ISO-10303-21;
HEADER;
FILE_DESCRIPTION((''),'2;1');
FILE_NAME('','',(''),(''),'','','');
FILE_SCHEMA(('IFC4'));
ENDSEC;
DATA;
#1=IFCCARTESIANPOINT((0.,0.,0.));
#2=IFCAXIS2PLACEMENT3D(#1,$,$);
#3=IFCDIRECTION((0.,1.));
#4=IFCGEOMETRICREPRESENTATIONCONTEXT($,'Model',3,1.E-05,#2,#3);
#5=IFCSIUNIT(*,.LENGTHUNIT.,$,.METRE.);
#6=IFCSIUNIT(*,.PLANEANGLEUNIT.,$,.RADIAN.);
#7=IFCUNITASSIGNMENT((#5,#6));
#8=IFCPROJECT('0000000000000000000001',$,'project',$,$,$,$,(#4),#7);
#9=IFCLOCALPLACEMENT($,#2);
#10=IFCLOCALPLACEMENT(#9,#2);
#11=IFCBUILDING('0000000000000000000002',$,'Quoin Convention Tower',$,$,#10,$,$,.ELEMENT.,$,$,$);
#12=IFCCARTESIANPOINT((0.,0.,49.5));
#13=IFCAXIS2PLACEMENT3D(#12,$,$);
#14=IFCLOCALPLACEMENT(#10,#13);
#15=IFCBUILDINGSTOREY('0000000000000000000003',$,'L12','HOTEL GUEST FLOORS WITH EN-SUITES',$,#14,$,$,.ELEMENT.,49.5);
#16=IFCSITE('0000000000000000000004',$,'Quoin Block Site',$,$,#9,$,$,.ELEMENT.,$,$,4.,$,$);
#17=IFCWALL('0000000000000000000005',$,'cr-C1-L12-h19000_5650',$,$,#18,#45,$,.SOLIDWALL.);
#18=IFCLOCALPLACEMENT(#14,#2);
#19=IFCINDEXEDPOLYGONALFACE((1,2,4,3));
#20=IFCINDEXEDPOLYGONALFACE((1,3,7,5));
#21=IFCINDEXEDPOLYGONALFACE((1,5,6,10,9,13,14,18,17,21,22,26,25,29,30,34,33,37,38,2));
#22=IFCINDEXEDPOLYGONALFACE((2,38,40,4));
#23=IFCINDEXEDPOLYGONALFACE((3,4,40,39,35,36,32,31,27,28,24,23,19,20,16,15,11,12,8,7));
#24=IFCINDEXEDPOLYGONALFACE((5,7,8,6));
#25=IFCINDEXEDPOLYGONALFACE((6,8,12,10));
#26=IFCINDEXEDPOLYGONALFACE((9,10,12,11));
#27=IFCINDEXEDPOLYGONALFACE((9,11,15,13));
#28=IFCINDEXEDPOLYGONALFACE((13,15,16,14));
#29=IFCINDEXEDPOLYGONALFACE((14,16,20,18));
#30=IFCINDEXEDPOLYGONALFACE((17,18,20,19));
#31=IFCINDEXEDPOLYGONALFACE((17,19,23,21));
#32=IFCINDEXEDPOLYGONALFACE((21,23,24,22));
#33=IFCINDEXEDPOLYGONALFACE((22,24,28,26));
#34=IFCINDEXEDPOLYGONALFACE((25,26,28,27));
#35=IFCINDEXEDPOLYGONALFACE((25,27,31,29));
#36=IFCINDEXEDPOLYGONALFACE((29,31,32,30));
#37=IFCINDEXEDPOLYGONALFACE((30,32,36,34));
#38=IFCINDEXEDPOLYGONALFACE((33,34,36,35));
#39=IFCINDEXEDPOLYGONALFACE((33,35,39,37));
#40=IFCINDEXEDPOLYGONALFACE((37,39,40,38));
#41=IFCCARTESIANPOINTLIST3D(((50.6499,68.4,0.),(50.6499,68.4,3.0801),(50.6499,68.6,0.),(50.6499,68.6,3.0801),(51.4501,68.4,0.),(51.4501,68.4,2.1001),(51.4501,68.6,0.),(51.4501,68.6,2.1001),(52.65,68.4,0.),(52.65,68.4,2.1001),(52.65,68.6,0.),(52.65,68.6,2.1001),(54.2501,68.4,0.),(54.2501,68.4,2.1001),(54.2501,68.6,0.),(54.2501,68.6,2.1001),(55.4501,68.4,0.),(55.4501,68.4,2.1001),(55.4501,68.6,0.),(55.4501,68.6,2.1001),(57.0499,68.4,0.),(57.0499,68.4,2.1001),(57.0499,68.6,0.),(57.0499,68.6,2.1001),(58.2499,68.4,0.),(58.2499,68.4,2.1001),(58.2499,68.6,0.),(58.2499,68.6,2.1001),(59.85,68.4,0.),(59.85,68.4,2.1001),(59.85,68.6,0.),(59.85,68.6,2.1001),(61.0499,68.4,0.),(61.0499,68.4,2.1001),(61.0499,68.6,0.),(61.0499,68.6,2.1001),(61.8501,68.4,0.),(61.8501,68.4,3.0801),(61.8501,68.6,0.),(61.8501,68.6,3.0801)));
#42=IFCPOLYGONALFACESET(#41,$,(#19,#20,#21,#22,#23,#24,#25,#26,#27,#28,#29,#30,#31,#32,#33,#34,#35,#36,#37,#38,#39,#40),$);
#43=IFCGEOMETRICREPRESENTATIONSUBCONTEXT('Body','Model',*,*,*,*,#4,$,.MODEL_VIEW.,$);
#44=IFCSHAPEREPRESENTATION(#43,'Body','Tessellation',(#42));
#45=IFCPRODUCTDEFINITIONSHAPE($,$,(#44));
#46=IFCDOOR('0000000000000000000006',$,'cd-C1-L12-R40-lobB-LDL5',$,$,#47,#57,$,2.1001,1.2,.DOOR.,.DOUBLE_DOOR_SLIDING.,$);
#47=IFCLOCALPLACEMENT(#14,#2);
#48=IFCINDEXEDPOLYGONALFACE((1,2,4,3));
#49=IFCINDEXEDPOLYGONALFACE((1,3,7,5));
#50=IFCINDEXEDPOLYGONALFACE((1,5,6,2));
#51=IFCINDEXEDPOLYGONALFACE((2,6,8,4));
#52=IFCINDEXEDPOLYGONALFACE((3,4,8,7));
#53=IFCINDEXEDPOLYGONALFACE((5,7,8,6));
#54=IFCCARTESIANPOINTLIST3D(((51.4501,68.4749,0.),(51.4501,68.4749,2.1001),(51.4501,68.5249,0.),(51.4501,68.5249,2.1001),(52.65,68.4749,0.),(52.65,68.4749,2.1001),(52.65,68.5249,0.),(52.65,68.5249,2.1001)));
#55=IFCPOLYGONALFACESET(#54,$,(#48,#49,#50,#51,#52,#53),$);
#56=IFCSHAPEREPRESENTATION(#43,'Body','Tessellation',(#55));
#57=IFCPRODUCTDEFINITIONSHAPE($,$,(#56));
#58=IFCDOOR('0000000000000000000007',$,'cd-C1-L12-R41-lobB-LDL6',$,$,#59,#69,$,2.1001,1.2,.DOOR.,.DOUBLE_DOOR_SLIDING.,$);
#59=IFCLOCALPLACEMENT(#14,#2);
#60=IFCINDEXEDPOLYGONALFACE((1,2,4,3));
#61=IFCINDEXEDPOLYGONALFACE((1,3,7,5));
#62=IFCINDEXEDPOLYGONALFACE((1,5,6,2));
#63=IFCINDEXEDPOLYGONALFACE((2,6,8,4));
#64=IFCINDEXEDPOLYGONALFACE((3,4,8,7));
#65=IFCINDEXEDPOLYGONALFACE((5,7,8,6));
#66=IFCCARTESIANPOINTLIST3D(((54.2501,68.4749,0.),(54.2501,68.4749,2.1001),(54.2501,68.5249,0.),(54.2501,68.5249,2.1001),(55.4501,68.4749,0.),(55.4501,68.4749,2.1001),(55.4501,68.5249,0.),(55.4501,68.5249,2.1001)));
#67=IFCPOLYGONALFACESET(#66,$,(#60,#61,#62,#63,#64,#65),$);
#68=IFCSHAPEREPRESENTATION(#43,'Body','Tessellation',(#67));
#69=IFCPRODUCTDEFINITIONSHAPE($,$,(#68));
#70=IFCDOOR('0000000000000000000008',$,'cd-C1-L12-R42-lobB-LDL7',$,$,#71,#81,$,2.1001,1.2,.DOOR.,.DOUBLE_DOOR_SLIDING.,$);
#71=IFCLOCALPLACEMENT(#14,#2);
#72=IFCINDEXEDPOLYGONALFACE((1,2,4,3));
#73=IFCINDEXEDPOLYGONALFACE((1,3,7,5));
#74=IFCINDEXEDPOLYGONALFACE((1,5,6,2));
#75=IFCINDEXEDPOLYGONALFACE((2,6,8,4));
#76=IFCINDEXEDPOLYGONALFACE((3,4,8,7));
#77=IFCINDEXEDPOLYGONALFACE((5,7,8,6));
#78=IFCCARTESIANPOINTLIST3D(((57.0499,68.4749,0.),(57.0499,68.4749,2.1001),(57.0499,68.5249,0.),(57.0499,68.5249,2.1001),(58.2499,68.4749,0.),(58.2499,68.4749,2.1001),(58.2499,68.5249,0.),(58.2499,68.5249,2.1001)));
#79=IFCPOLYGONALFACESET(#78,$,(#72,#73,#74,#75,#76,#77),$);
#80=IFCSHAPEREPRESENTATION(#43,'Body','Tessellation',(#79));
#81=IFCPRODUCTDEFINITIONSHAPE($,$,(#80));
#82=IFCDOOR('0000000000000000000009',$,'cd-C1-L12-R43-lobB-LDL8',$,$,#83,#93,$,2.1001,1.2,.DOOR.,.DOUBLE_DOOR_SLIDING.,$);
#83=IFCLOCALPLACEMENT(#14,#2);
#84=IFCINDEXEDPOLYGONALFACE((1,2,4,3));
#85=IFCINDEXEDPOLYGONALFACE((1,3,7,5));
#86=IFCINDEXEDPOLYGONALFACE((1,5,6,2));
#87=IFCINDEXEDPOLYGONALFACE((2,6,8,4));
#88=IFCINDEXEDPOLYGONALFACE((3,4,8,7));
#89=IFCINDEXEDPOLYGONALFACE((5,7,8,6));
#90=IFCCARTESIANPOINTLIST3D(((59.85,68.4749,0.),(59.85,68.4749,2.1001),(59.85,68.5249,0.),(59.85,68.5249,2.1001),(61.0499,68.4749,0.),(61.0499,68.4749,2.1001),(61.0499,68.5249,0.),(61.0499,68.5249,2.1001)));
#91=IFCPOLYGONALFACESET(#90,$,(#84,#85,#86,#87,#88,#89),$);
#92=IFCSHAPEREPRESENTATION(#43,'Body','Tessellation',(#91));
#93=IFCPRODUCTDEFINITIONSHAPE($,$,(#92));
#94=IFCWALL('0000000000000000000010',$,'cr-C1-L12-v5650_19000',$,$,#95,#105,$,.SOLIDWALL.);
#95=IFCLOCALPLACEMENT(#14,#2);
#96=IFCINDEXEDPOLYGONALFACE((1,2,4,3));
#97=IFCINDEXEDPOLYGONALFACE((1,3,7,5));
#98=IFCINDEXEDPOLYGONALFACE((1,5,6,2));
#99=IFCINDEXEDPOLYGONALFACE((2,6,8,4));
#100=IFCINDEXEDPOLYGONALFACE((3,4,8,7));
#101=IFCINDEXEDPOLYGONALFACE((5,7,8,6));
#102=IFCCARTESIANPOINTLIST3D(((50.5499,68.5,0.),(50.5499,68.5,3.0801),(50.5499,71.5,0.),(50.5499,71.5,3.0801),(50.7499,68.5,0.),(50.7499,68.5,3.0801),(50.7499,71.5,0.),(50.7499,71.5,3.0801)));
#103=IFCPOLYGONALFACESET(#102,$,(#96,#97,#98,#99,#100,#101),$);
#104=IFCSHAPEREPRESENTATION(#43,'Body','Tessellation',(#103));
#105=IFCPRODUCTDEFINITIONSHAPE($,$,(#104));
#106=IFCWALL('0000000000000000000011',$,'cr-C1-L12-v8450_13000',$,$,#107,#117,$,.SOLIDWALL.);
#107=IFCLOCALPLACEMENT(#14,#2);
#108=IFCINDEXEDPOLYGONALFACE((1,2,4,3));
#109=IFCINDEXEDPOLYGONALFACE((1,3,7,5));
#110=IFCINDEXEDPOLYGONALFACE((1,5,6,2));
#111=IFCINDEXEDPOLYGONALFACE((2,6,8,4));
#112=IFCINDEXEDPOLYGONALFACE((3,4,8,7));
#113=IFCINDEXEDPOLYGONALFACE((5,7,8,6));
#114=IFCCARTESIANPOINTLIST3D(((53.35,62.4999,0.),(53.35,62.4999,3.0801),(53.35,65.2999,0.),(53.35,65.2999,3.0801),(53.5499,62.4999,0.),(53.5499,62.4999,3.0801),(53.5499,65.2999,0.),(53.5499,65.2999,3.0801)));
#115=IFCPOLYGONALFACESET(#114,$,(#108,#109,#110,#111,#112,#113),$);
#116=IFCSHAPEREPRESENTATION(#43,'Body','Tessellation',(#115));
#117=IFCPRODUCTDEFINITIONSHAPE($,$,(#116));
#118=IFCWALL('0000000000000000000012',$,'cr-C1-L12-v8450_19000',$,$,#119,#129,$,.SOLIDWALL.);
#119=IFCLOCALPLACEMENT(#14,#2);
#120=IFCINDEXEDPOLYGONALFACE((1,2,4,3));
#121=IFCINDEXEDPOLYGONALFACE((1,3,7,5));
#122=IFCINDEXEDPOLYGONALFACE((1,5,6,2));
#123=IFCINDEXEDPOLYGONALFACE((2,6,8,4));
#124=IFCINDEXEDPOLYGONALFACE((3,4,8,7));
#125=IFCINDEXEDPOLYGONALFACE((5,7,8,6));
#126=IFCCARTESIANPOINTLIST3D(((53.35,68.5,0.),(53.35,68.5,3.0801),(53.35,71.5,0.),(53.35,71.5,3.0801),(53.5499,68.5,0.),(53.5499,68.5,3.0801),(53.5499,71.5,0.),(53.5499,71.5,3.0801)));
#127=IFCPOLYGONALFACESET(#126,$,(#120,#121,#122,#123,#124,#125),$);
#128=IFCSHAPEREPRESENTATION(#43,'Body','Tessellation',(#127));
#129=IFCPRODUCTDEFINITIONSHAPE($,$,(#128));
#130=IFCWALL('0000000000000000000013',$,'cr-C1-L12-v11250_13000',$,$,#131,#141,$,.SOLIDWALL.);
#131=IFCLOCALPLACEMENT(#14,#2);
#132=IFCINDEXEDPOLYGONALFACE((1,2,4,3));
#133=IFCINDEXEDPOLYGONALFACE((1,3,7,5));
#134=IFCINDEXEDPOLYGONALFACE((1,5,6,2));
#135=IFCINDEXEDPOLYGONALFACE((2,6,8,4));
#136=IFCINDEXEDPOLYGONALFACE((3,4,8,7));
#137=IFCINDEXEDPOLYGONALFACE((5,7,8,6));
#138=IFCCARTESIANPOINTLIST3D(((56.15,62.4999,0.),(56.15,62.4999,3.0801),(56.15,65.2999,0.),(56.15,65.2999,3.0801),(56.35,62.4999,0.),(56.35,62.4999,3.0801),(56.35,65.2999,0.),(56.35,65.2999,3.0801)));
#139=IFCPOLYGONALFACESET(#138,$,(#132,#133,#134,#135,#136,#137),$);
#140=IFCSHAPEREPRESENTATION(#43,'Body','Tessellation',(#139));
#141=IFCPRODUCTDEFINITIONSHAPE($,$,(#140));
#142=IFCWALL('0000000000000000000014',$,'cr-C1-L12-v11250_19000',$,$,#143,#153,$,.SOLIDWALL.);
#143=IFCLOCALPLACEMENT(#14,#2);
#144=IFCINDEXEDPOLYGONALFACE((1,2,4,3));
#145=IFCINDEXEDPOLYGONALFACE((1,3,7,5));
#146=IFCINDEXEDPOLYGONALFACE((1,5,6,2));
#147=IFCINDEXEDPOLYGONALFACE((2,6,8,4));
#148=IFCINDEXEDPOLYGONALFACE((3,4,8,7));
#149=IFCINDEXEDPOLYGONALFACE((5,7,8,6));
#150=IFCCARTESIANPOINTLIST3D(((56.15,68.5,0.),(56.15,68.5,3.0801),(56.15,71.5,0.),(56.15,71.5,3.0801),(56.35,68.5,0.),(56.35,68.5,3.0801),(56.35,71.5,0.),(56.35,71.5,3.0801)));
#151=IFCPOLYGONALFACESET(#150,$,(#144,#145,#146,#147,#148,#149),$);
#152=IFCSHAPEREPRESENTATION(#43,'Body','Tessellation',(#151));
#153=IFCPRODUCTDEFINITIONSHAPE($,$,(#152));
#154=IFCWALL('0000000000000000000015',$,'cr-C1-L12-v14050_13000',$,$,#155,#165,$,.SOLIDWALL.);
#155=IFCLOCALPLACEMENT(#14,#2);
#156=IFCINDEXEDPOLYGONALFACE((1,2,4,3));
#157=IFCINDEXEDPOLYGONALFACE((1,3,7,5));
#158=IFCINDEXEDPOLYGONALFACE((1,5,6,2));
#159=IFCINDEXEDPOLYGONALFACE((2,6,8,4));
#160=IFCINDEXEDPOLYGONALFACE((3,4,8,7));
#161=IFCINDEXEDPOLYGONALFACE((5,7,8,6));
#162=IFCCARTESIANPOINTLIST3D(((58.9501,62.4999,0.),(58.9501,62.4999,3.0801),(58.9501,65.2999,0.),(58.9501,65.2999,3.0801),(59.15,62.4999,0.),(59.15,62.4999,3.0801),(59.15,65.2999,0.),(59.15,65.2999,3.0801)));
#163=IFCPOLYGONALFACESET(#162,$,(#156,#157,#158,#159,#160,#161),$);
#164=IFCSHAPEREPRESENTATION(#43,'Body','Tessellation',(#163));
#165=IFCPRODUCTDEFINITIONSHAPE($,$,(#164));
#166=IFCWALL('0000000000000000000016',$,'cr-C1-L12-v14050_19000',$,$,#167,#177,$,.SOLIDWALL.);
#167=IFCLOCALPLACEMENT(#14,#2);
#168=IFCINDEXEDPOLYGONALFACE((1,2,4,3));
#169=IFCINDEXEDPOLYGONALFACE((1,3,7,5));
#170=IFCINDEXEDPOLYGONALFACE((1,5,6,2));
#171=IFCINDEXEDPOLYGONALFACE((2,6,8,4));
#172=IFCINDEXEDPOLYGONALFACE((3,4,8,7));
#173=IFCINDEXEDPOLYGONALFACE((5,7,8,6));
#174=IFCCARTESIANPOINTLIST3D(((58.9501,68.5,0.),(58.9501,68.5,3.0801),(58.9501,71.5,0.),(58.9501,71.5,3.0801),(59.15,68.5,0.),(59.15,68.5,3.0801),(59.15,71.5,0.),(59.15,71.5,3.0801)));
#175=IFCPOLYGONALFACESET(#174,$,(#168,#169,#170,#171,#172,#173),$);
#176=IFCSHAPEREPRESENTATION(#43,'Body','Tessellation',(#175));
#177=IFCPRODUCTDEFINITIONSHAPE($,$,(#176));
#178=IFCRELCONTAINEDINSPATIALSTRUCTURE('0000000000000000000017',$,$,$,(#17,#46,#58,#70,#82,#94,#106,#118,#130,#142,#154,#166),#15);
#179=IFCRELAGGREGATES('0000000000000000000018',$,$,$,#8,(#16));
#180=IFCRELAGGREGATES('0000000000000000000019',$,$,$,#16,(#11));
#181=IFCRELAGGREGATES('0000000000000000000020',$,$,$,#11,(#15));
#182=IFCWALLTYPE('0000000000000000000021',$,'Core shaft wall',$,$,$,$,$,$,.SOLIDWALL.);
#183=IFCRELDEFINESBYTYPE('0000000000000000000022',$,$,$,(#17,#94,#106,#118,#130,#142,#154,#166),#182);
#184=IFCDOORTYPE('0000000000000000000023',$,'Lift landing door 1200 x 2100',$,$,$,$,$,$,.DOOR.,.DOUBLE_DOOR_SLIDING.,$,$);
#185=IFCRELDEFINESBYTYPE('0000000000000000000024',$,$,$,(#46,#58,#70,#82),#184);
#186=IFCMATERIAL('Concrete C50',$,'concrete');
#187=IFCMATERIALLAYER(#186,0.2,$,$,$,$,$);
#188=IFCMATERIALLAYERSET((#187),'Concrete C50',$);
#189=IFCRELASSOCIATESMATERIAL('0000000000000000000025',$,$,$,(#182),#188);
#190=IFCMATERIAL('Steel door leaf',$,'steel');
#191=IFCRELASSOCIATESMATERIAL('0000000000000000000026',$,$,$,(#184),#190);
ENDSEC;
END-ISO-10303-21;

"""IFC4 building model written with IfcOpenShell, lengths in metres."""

from ifc_helpers import new_model, si_unit, direction, frame, frame_2d, origin, place, context, subcontext, project, spatial, rectangle, extrude, material, layer, layer_set, type_object, element, fill, save


model = new_model("IFC4")

# Units and contexts
model_context = context("Model", 3, precision=1e-05, world=origin(), true_north=direction((0.0, 1.0)))
body_context = subcontext(model_context, "Body", "Model", "MODEL_VIEW")
ifc_project = project(units=[si_unit("LENGTHUNIT", "METRE"), si_unit("PLANEANGLEUNIT", "RADIAN")], contexts=[model_context])

# Site, building, storey
site_placement = place(None, origin())
site = spatial("IfcSite", under=ifc_project, at=site_placement, Name="Quoin Block Site", CompositionType="ELEMENT", RefElevation=4.0)
building_placement = place(site_placement, origin())
building = spatial("IfcBuilding", under=site, at=building_placement, Name="Quoin Convention Tower", CompositionType="ELEMENT")
storey_placement = place(building_placement, frame((0.0, 0.0, 49.5)))
storey = spatial("IfcBuildingStorey", under=building, at=storey_placement, Name="L12", Description="HOTEL GUEST FLOORS WITH EN-SUITES", CompositionType="ELEMENT", Elevation=49.5)

# Shared definitions
ifc_material_1 = material(Name="Steel door leaf", Category="steel")

# Shared definitions
ifc_material_2 = material(Name="Concrete C50", Category="concrete")
ifc_layer_1 = layer(ifc_material_2, 0.2)
ifc_layer_set_1 = layer_set([ifc_layer_1], Name="Concrete C50")
wall_type_1 = type_object("IfcWallType", Name="Core shaft wall", PredefinedType="SOLIDWALL", material=ifc_layer_set_1)

# Wall, openings, doors
wall_1_placement = place(storey_placement, frame((50.6499, 68.5, 0.0), z_axis=(0.0, 0.0, 1.0), x_axis=(1.0, 0.0, 0.0)))
wall_1 = element("IfcWall", 1, at=wall_1_placement, inside=storey, type_object=wall_type_1, Name="cr-C1-L12-h19000_5650", PredefinedType="SOLIDWALL", context=body_context, shape_type="SweptSolid", body=[
    extrude(rectangle(XDim=11.2002, YDim=0.2, at=frame_2d((5.6001, 0.0))), origin(), (0.0, 0.0, 1.0), 3.0801),
])
opening_1_placement = place(wall_1_placement, frame((0.8, 0.0, 0.0)))
opening_1 = element("IfcOpeningElement", 2, at=opening_1_placement, cuts=wall_1, PredefinedType="OPENING", context=body_context, shape_type="SweptSolid", body=[
    extrude(rectangle(XDim=1.2, YDim=2.1001, at=frame_2d((0.6001, 1.05))), frame((0.0, 0.1099, 0.0), z_axis=(0.0, -1.0, 0.0), x_axis=(1.0, 0.0, 0.0)), (0.0, 0.0, 1.0), 0.22),
])
opening_2_placement = place(wall_1_placement, frame((3.6001, 0.0, 0.0)))
opening_2 = element("IfcOpeningElement", 3, at=opening_2_placement, cuts=wall_1, PredefinedType="OPENING", context=body_context, shape_type="SweptSolid", body=[
    extrude(rectangle(XDim=1.2, YDim=2.1001, at=frame_2d((0.6001, 1.05))), frame((0.0, 0.1099, 0.0), z_axis=(0.0, -1.0, 0.0), x_axis=(1.0, 0.0, 0.0)), (0.0, 0.0, 1.0), 0.22),
])
opening_3_placement = place(wall_1_placement, frame((6.3999, 0.0, 0.0)))
opening_3 = element("IfcOpeningElement", 4, at=opening_3_placement, cuts=wall_1, PredefinedType="OPENING", context=body_context, shape_type="SweptSolid", body=[
    extrude(rectangle(XDim=1.2, YDim=2.1001, at=frame_2d((0.6001, 1.05))), frame((0.0, 0.1099, 0.0), z_axis=(0.0, -1.0, 0.0), x_axis=(1.0, 0.0, 0.0)), (0.0, 0.0, 1.0), 0.22),
])
opening_4_placement = place(wall_1_placement, frame((9.2, 0.0, 0.0)))
opening_4 = element("IfcOpeningElement", 5, at=opening_4_placement, cuts=wall_1, PredefinedType="OPENING", context=body_context, shape_type="SweptSolid", body=[
    extrude(rectangle(XDim=1.2, YDim=2.1001, at=frame_2d((0.6001, 1.05))), frame((0.0, 0.1099, 0.0), z_axis=(0.0, -1.0, 0.0), x_axis=(1.0, 0.0, 0.0)), (0.0, 0.0, 1.0), 0.22),
])
door_type_1 = type_object("IfcDoorType", Name="Lift landing door 1200 x 2100", OperationType="DOUBLE_DOOR_SLIDING", PredefinedType="DOOR", material=ifc_material_1)
door_1_placement = place(opening_1_placement, origin())
door_1 = element("IfcDoor", 6, at=door_1_placement, inside=storey, type_object=door_type_1, Name="cd-C1-L12-R40-lobB-LDL5", OperationType="DOUBLE_DOOR_SLIDING", OverallHeight=2.1001, OverallWidth=1.2, PredefinedType="DOOR", context=body_context, shape_type="SweptSolid", body=[
    extrude(rectangle(XDim=1.2, YDim=2.1001, at=frame_2d((0.6001, 1.05))), frame((0.0, 0.0249, 0.0), z_axis=(0.0, -1.0, 0.0), x_axis=(1.0, 0.0, 0.0)), (0.0, 0.0, 1.0), 0.05),
])
fill(opening_1, door_1)
door_2_placement = place(opening_2_placement, origin())
door_2 = element("IfcDoor", 7, at=door_2_placement, inside=storey, type_object=door_type_1, Name="cd-C1-L12-R41-lobB-LDL6", OperationType="DOUBLE_DOOR_SLIDING", OverallHeight=2.1001, OverallWidth=1.2, PredefinedType="DOOR", context=body_context, shape_type="SweptSolid", body=[
    extrude(rectangle(XDim=1.2, YDim=2.1001, at=frame_2d((0.6001, 1.05))), frame((0.0, 0.0249, 0.0), z_axis=(0.0, -1.0, 0.0), x_axis=(1.0, 0.0, 0.0)), (0.0, 0.0, 1.0), 0.05),
])
fill(opening_2, door_2)
door_3_placement = place(opening_3_placement, origin())
door_3 = element("IfcDoor", 8, at=door_3_placement, inside=storey, type_object=door_type_1, Name="cd-C1-L12-R42-lobB-LDL7", OperationType="DOUBLE_DOOR_SLIDING", OverallHeight=2.1001, OverallWidth=1.2, PredefinedType="DOOR", context=body_context, shape_type="SweptSolid", body=[
    extrude(rectangle(XDim=1.2, YDim=2.1001, at=frame_2d((0.6001, 1.05))), frame((0.0, 0.0249, 0.0), z_axis=(0.0, -1.0, 0.0), x_axis=(1.0, 0.0, 0.0)), (0.0, 0.0, 1.0), 0.05),
])
fill(opening_3, door_3)
door_4_placement = place(opening_4_placement, origin())
door_4 = element("IfcDoor", 9, at=door_4_placement, inside=storey, type_object=door_type_1, Name="cd-C1-L12-R43-lobB-LDL8", OperationType="DOUBLE_DOOR_SLIDING", OverallHeight=2.1001, OverallWidth=1.2, PredefinedType="DOOR", context=body_context, shape_type="SweptSolid", body=[
    extrude(rectangle(XDim=1.2, YDim=2.1001, at=frame_2d((0.6001, 1.05))), frame((0.0, 0.0249, 0.0), z_axis=(0.0, -1.0, 0.0), x_axis=(1.0, 0.0, 0.0)), (0.0, 0.0, 1.0), 0.05),
])
fill(opening_4, door_4)

# Walls
wall_2_placement = place(storey_placement, frame((50.6499, 68.5, 0.0), z_axis=(0.0, 0.0, 1.0), x_axis=(0.0, 1.0, 0.0)))
element("IfcWall", 10, at=wall_2_placement, inside=storey, type_object=wall_type_1, Name="cr-C1-L12-v5650_19000", PredefinedType="SOLIDWALL", context=body_context, shape_type="SweptSolid", body=[
    extrude(rectangle(XDim=3.0, YDim=0.2, at=frame_2d((1.5, 0.0))), origin(), (0.0, 0.0, 1.0), 3.0801),
])
wall_3_placement = place(storey_placement, frame((53.45, 62.5, 0.0), z_axis=(0.0, 0.0, 1.0), x_axis=(0.0, 1.0, 0.0)))
element("IfcWall", 11, at=wall_3_placement, inside=storey, type_object=wall_type_1, Name="cr-C1-L12-v8450_13000", PredefinedType="SOLIDWALL", context=body_context, shape_type="SweptSolid", body=[
    extrude(rectangle(XDim=2.8, YDim=0.2, at=frame_2d((1.3999, 0.0))), origin(), (0.0, 0.0, 1.0), 3.0801),
])
wall_4_placement = place(storey_placement, frame((53.45, 68.5, 0.0), z_axis=(0.0, 0.0, 1.0), x_axis=(0.0, 1.0, 0.0)))
element("IfcWall", 12, at=wall_4_placement, inside=storey, type_object=wall_type_1, Name="cr-C1-L12-v8450_19000", PredefinedType="SOLIDWALL", context=body_context, shape_type="SweptSolid", body=[
    extrude(rectangle(XDim=3.0, YDim=0.2, at=frame_2d((1.5, 0.0))), origin(), (0.0, 0.0, 1.0), 3.0801),
])
wall_5_placement = place(storey_placement, frame((56.25, 62.5, 0.0), z_axis=(0.0, 0.0, 1.0), x_axis=(0.0, 1.0, 0.0)))
element("IfcWall", 13, at=wall_5_placement, inside=storey, type_object=wall_type_1, Name="cr-C1-L12-v11250_13000", PredefinedType="SOLIDWALL", context=body_context, shape_type="SweptSolid", body=[
    extrude(rectangle(XDim=2.8, YDim=0.2, at=frame_2d((1.3999, 0.0))), origin(), (0.0, 0.0, 1.0), 3.0801),
])
wall_6_placement = place(storey_placement, frame((56.25, 68.5, 0.0), z_axis=(0.0, 0.0, 1.0), x_axis=(0.0, 1.0, 0.0)))
element("IfcWall", 14, at=wall_6_placement, inside=storey, type_object=wall_type_1, Name="cr-C1-L12-v11250_19000", PredefinedType="SOLIDWALL", context=body_context, shape_type="SweptSolid", body=[
    extrude(rectangle(XDim=3.0, YDim=0.2, at=frame_2d((1.5, 0.0))), origin(), (0.0, 0.0, 1.0), 3.0801),
])
wall_7_placement = place(storey_placement, frame((59.05, 62.5, 0.0), z_axis=(0.0, 0.0, 1.0), x_axis=(0.0, 1.0, 0.0)))
element("IfcWall", 15, at=wall_7_placement, inside=storey, type_object=wall_type_1, Name="cr-C1-L12-v14050_13000", PredefinedType="SOLIDWALL", context=body_context, shape_type="SweptSolid", body=[
    extrude(rectangle(XDim=2.8, YDim=0.2, at=frame_2d((1.3999, 0.0))), origin(), (0.0, 0.0, 1.0), 3.0801),
])
for number, where, z_axis, x_axis, name in (
    (16, (59.05, 68.5, 0.0), (0.0, 0.0, 1.0), (0.0, 1.0, 0.0), "cr-C1-L12-v14050_19000"),
):
    element("IfcWall", number, at=place(storey_placement, frame(where, z_axis=z_axis, x_axis=x_axis)), inside=storey, type_object=wall_type_1, Name=name, PredefinedType="SOLIDWALL", context=body_context, shape_type="SweptSolid", body=[
        extrude(rectangle(XDim=3.0, YDim=0.2, at=frame_2d((1.5, 0.0))), origin(), (0.0, 0.0, 1.0), 3.0801),
    ])

save(model, "model.ifc")
